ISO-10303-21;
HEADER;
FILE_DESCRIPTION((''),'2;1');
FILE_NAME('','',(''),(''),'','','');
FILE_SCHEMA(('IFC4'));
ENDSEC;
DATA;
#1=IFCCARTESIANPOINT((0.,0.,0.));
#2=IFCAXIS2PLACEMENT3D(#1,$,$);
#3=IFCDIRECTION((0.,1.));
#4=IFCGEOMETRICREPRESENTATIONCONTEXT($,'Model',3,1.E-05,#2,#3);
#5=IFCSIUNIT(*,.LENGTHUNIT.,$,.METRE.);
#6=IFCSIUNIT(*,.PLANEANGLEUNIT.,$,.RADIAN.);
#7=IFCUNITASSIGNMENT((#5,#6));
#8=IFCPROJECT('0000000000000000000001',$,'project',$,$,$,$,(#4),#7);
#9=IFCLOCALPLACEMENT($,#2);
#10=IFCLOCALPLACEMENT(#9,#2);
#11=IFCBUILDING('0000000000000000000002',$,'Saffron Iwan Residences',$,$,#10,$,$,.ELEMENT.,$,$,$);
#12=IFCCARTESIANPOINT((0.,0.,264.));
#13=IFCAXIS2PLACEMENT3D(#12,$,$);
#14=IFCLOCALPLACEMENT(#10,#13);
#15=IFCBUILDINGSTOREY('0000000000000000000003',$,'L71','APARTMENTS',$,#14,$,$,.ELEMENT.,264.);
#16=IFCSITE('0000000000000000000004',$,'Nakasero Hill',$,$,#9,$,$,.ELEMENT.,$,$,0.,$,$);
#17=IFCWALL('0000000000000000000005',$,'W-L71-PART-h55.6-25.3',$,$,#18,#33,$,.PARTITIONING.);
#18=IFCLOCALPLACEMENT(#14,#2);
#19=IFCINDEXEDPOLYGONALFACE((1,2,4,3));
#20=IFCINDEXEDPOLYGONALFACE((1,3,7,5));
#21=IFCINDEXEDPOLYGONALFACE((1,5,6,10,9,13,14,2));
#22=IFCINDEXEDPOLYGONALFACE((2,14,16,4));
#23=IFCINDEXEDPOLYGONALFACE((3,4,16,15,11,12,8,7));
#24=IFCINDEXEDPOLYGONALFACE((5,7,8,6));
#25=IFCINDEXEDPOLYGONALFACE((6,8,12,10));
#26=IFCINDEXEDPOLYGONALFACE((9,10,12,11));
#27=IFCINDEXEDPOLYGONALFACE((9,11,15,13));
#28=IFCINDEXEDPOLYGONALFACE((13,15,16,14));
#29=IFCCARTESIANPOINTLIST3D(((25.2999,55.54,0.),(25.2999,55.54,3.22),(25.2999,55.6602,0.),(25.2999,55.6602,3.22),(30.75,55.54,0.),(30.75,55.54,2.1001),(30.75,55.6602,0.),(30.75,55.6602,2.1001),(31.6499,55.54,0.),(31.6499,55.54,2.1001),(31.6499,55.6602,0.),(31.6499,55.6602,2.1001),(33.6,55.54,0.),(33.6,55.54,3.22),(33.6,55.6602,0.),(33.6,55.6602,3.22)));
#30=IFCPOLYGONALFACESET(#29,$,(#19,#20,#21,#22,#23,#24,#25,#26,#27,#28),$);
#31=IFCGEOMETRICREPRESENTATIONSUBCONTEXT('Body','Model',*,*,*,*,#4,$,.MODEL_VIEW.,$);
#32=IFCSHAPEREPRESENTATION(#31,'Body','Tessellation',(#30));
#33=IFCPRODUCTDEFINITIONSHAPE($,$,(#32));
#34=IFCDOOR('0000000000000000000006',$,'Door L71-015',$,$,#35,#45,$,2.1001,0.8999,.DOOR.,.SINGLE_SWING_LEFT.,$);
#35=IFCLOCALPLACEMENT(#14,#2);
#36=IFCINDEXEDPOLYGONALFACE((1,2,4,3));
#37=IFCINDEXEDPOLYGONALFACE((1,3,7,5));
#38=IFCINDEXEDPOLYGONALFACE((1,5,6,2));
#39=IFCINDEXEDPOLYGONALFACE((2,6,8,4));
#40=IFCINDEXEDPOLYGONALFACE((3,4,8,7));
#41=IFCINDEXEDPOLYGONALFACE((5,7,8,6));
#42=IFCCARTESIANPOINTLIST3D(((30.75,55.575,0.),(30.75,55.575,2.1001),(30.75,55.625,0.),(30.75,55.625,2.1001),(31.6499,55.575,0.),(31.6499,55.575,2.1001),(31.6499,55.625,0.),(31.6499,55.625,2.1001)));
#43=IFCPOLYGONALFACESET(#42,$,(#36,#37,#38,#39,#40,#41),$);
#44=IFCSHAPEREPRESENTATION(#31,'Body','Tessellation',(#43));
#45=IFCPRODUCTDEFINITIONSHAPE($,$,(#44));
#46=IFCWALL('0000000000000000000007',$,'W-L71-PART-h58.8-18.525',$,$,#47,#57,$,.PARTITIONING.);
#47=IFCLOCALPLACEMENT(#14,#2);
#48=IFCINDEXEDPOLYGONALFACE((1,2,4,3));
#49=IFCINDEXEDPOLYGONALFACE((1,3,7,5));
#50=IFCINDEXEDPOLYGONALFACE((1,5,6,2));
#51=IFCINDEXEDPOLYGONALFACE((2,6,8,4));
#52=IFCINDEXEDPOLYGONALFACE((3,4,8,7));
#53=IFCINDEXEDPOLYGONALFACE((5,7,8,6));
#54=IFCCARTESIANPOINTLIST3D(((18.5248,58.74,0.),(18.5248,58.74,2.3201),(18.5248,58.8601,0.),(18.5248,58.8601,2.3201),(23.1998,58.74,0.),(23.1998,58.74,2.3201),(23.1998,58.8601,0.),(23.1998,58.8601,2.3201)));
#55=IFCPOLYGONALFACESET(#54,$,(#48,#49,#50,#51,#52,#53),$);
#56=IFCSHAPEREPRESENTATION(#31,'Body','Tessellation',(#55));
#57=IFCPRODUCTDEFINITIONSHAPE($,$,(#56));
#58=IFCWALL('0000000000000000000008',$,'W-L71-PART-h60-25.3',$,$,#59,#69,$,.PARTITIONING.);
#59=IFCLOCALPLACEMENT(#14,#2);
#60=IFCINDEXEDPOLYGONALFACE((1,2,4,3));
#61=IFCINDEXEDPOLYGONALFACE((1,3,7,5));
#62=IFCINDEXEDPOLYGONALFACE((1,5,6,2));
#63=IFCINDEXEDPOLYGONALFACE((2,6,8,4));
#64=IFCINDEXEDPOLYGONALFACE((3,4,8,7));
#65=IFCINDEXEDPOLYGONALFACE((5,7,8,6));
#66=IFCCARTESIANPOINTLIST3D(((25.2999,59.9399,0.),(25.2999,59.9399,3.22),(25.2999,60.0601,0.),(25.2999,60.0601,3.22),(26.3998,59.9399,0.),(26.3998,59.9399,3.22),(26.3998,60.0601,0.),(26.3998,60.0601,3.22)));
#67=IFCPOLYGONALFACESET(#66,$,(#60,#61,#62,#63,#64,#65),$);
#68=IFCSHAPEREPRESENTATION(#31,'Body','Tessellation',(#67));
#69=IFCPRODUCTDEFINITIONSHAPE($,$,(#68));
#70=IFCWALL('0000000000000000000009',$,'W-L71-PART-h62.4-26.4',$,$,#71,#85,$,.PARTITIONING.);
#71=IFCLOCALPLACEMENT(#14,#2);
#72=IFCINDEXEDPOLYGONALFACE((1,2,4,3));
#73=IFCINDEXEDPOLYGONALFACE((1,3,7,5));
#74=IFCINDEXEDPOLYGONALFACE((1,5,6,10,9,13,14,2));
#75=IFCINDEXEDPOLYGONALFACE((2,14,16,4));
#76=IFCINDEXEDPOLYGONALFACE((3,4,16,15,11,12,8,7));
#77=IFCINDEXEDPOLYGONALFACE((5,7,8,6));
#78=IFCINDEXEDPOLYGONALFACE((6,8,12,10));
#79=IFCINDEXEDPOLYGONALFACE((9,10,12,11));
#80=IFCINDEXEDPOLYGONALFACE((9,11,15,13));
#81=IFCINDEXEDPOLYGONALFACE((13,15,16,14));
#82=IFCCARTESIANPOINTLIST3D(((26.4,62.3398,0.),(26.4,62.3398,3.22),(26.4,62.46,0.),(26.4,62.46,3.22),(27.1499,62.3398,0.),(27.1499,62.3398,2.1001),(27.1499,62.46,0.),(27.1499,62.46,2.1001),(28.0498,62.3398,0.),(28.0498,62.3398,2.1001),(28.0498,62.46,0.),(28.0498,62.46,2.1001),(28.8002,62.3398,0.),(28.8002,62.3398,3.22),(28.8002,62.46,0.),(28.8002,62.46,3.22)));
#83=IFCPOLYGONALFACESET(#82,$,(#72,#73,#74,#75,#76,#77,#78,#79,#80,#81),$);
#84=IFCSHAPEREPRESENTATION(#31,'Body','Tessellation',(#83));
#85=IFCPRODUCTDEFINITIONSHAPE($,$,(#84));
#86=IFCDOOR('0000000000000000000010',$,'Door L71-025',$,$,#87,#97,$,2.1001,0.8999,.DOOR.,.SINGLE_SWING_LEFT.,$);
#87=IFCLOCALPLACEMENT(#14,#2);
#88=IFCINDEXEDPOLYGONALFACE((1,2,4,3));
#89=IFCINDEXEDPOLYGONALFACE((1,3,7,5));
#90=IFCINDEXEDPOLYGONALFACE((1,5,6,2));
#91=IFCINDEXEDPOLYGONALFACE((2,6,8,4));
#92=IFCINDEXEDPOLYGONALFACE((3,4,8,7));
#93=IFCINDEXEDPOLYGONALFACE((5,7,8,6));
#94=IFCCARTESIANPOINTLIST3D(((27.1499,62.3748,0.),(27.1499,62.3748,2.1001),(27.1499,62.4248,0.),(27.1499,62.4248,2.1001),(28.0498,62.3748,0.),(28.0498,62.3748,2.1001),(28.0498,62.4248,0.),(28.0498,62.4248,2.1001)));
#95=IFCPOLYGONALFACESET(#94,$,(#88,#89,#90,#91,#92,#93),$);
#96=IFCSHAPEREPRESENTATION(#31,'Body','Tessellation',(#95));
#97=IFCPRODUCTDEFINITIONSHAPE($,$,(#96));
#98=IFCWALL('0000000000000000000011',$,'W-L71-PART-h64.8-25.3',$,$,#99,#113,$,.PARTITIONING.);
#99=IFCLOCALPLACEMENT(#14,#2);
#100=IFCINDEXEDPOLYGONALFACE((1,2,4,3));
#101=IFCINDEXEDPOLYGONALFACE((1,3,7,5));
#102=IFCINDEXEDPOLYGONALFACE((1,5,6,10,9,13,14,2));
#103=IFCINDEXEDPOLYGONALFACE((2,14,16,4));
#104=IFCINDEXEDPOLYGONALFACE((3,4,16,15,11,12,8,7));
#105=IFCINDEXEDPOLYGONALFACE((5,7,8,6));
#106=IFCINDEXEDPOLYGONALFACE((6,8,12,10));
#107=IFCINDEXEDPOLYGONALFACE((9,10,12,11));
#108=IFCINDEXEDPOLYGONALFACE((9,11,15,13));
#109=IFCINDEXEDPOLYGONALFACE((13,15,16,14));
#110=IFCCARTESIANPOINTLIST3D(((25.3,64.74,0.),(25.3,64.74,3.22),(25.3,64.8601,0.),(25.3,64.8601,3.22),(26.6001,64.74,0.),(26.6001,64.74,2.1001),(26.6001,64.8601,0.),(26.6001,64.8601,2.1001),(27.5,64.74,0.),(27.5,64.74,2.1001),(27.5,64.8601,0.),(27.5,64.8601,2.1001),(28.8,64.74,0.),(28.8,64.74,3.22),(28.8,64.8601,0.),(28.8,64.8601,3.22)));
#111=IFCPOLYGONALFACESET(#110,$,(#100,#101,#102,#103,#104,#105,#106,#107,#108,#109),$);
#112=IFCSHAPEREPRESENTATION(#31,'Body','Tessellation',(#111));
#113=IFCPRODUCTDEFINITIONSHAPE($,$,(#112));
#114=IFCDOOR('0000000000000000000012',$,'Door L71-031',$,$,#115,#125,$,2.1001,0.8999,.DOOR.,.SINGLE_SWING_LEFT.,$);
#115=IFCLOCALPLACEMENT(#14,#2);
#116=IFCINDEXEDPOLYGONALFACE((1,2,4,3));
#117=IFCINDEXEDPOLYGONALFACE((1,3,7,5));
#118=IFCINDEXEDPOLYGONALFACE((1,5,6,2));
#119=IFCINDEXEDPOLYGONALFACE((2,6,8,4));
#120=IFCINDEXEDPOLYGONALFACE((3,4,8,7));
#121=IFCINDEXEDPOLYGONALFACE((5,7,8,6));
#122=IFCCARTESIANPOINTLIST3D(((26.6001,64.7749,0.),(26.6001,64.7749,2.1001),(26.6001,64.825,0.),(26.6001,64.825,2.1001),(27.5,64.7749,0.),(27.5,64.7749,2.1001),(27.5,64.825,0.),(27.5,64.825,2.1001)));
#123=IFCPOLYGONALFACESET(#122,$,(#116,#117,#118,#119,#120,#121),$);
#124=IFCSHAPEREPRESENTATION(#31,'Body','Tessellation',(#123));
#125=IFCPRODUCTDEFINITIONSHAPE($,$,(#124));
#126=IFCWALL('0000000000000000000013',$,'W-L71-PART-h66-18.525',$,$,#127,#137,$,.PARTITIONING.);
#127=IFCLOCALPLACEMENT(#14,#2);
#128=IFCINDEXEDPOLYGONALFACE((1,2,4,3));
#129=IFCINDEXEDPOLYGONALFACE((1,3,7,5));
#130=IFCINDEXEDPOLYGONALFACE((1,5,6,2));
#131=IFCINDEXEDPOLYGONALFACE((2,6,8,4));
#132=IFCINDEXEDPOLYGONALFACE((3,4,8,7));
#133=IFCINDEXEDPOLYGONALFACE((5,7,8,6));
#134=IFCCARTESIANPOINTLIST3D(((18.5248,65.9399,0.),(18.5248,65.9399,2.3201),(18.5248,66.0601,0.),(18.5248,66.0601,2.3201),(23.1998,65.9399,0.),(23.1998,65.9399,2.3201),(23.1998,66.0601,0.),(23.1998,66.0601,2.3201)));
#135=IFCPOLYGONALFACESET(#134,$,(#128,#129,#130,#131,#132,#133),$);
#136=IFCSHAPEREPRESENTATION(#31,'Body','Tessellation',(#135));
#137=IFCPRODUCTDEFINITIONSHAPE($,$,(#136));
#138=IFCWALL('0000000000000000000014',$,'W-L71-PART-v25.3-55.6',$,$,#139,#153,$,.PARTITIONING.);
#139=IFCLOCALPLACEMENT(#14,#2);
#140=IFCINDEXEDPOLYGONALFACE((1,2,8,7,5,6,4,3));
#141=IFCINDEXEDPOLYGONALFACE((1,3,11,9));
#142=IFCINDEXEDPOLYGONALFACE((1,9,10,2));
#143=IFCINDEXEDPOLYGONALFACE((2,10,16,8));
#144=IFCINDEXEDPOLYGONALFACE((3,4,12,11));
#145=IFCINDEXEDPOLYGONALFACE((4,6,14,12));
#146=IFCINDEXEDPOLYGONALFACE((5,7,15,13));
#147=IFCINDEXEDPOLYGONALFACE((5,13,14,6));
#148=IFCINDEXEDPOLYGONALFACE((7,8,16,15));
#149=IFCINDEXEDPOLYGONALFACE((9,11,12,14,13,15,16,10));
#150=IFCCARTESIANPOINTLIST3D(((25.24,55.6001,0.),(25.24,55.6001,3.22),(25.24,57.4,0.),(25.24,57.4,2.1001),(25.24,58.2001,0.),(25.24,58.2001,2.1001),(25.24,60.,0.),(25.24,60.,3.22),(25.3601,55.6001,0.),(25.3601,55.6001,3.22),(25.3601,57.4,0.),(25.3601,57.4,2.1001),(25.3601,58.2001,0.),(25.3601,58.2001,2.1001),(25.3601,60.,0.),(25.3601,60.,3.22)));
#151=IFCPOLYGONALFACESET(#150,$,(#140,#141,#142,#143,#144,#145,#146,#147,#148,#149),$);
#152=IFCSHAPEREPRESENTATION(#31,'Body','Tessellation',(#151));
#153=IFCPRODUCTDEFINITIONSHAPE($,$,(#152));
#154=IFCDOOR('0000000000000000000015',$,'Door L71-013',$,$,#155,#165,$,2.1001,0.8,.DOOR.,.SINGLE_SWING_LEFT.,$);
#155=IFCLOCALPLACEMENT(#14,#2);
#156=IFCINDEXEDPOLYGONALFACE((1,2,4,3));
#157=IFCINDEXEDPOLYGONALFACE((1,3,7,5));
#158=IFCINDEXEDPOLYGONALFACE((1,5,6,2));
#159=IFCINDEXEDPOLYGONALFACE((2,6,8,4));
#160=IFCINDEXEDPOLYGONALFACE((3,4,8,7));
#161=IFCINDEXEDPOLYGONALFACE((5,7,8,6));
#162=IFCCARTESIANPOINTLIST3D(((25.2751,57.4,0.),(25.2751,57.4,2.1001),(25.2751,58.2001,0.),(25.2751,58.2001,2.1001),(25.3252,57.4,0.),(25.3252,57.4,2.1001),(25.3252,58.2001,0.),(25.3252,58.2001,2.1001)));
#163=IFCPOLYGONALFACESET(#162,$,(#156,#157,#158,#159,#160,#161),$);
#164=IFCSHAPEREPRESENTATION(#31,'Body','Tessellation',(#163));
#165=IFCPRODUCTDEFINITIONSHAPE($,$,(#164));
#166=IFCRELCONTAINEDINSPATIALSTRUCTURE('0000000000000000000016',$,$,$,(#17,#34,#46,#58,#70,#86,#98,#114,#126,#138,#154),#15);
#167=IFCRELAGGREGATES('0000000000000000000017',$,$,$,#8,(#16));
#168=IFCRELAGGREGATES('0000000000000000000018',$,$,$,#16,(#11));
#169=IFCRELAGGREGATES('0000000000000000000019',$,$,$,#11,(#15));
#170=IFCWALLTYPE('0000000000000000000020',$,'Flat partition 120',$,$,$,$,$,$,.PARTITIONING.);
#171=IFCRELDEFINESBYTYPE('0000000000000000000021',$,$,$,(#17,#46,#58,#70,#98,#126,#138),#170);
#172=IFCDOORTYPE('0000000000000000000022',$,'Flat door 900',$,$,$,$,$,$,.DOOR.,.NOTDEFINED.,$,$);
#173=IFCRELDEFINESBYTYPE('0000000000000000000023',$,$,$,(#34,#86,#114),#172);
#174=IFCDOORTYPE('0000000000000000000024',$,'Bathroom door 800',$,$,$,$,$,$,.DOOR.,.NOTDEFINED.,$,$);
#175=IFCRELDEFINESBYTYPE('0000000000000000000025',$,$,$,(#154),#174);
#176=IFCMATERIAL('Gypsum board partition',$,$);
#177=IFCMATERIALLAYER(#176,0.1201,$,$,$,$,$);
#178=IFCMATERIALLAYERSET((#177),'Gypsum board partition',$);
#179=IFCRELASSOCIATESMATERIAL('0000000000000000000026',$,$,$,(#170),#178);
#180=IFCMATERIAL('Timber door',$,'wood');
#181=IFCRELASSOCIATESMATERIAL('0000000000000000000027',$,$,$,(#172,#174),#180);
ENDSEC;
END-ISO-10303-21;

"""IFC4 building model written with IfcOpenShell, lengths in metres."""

from ifc_helpers import new_model, si_unit, direction, frame, frame_2d, origin, place, context, subcontext, project, spatial, rectangle, extrude, material, layer, layer_set, type_object, element, fill, save


model = new_model("IFC4")

# Units and contexts
model_context = context("Model", 3, precision=1e-05, world=origin(), true_north=direction((0.0, 1.0)))
body_context = subcontext(model_context, "Body", "Model", "MODEL_VIEW")
ifc_project = project(units=[si_unit("LENGTHUNIT", "METRE"), si_unit("PLANEANGLEUNIT", "RADIAN")], contexts=[model_context])

# Site, building, storey
site_placement = place(None, origin())
site = spatial("IfcSite", under=ifc_project, at=site_placement, Name="Nakasero Hill", CompositionType="ELEMENT", RefElevation=0.0)
building_placement = place(site_placement, origin())
building = spatial("IfcBuilding", under=site, at=building_placement, Name="Saffron Iwan Residences", CompositionType="ELEMENT")
storey_placement = place(building_placement, frame((0.0, 0.0, 264.0)))
storey = spatial("IfcBuildingStorey", under=building, at=storey_placement, Name="L71", Description="APARTMENTS", CompositionType="ELEMENT", Elevation=264.0)

# Wall, opening, door
ifc_material_1 = material(Name="Gypsum board partition")
ifc_layer_1 = layer(ifc_material_1, 0.1201)
ifc_layer_set_1 = layer_set([ifc_layer_1], Name="Gypsum board partition")
wall_type_1 = type_object("IfcWallType", Name="Flat partition 120", PredefinedType="PARTITIONING", material=ifc_layer_set_1)
wall_1_placement = place(storey_placement, frame((25.3, 55.6001, 0.0), z_axis=(0.0, 0.0, 1.0), x_axis=(1.0, 0.0, 0.0)))
wall_1 = element("IfcWall", 1, at=wall_1_placement, inside=storey, type_object=wall_type_1, Name="W-L71-PART-h55.6-25.3", PredefinedType="PARTITIONING", context=body_context, shape_type="SweptSolid", body=[
    extrude(rectangle(XDim=8.3, YDim=0.1201, at=frame_2d((4.1499, 0.0))), origin(), (0.0, 0.0, 1.0), 3.22),
])
opening_1_placement = place(wall_1_placement, frame((5.45, 0.0, 0.0)))
opening_1 = element("IfcOpeningElement", 2, at=opening_1_placement, cuts=wall_1, PredefinedType="OPENING", context=body_context, shape_type="SweptSolid", body=[
    extrude(rectangle(XDim=0.8999, YDim=2.1001, at=frame_2d((0.45, 1.05))), frame((0.0, 0.0701, 0.0), z_axis=(0.0, -1.0, 0.0), x_axis=(1.0, 0.0, 0.0)), (0.0, 0.0, 1.0), 0.1401),
])
ifc_material_2 = material(Name="Timber door", Category="wood")
door_type_1 = type_object("IfcDoorType", Name="Flat door 900", OperationType="NOTDEFINED", PredefinedType="DOOR", material=ifc_material_2)
door_1_placement = place(opening_1_placement, origin())
door_1 = element("IfcDoor", 3, at=door_1_placement, inside=storey, type_object=door_type_1, Name="Door L71-015", OperationType="SINGLE_SWING_LEFT", OverallHeight=2.1001, OverallWidth=0.8999, PredefinedType="DOOR", context=body_context, shape_type="SweptSolid", body=[
    extrude(rectangle(XDim=0.8999, YDim=2.1001, at=frame_2d((0.45, 1.05))), frame((0.0, 0.0249, 0.0), z_axis=(0.0, -1.0, 0.0), x_axis=(1.0, 0.0, 0.0)), (0.0, 0.0, 1.0), 0.05),
])
fill(opening_1, door_1)

# Walls
wall_2_placement = place(storey_placement, frame((18.5249, 58.8, 0.0), z_axis=(0.0, 0.0, 1.0), x_axis=(1.0, 0.0, 0.0)))
element("IfcWall", 4, at=wall_2_placement, inside=storey, type_object=wall_type_1, Name="W-L71-PART-h58.8-18.525", PredefinedType="PARTITIONING", context=body_context, shape_type="SweptSolid", body=[
    extrude(rectangle(XDim=4.675, YDim=0.1201, at=frame_2d((2.3374, 0.0))), origin(), (0.0, 0.0, 1.0), 2.3201),
])
wall_3_placement = place(storey_placement, frame((25.3, 60.0, 0.0), z_axis=(0.0, 0.0, 1.0), x_axis=(1.0, 0.0, 0.0)))
element("IfcWall", 5, at=wall_3_placement, inside=storey, type_object=wall_type_1, Name="W-L71-PART-h60-25.3", PredefinedType="PARTITIONING", context=body_context, shape_type="SweptSolid", body=[
    extrude(rectangle(XDim=1.0999, YDim=0.1201, at=frame_2d((0.5498, 0.0))), origin(), (0.0, 0.0, 1.0), 3.22),
])

# Walls, openings, doors
wall_4_placement = place(storey_placement, frame((26.3999, 62.3999, 0.0), z_axis=(0.0, 0.0, 1.0), x_axis=(1.0, 0.0, 0.0)))
wall_4 = element("IfcWall", 6, at=wall_4_placement, inside=storey, type_object=wall_type_1, Name="W-L71-PART-h62.4-26.4", PredefinedType="PARTITIONING", context=body_context, shape_type="SweptSolid", body=[
    extrude(rectangle(XDim=2.4001, YDim=0.1201, at=frame_2d((1.2002, 0.0))), origin(), (0.0, 0.0, 1.0), 3.22),
])
opening_2_placement = place(wall_4_placement, frame((0.75, 0.0, 0.0)))
opening_2 = element("IfcOpeningElement", 7, at=opening_2_placement, cuts=wall_4, PredefinedType="OPENING", context=body_context, shape_type="SweptSolid", body=[
    extrude(rectangle(XDim=0.8999, YDim=2.1001, at=frame_2d((0.45, 1.05))), frame((0.0, 0.0701, 0.0), z_axis=(0.0, -1.0, 0.0), x_axis=(1.0, 0.0, 0.0)), (0.0, 0.0, 1.0), 0.1401),
])
door_2_placement = place(opening_2_placement, origin())
door_2 = element("IfcDoor", 8, at=door_2_placement, inside=storey, type_object=door_type_1, Name="Door L71-025", OperationType="SINGLE_SWING_LEFT", OverallHeight=2.1001, OverallWidth=0.8999, PredefinedType="DOOR", context=body_context, shape_type="SweptSolid", body=[
    extrude(rectangle(XDim=0.8999, YDim=2.1001, at=frame_2d((0.45, 1.05))), frame((0.0, 0.0249, 0.0), z_axis=(0.0, -1.0, 0.0), x_axis=(1.0, 0.0, 0.0)), (0.0, 0.0, 1.0), 0.05),
])
fill(opening_2, door_2)
wall_5_placement = place(storey_placement, frame((25.3, 64.8, 0.0), z_axis=(0.0, 0.0, 1.0), x_axis=(1.0, 0.0, 0.0)))
wall_5 = element("IfcWall", 9, at=wall_5_placement, inside=storey, type_object=wall_type_1, Name="W-L71-PART-h64.8-25.3", PredefinedType="PARTITIONING", context=body_context, shape_type="SweptSolid", body=[
    extrude(rectangle(XDim=3.5, YDim=0.1201, at=frame_2d((1.75, 0.0))), origin(), (0.0, 0.0, 1.0), 3.22),
])
opening_3_placement = place(wall_5_placement, frame((1.3, 0.0, 0.0)))
opening_3 = element("IfcOpeningElement", 10, at=opening_3_placement, cuts=wall_5, PredefinedType="OPENING", context=body_context, shape_type="SweptSolid", body=[
    extrude(rectangle(XDim=0.8999, YDim=2.1001, at=frame_2d((0.45, 1.05))), frame((0.0, 0.0701, 0.0), z_axis=(0.0, -1.0, 0.0), x_axis=(1.0, 0.0, 0.0)), (0.0, 0.0, 1.0), 0.1401),
])
door_3_placement = place(opening_3_placement, origin())
door_3 = element("IfcDoor", 11, at=door_3_placement, inside=storey, type_object=door_type_1, Name="Door L71-031", OperationType="SINGLE_SWING_LEFT", OverallHeight=2.1001, OverallWidth=0.8999, PredefinedType="DOOR", context=body_context, shape_type="SweptSolid", body=[
    extrude(rectangle(XDim=0.8999, YDim=2.1001, at=frame_2d((0.45, 1.05))), frame((0.0, 0.0249, 0.0), z_axis=(0.0, -1.0, 0.0), x_axis=(1.0, 0.0, 0.0)), (0.0, 0.0, 1.0), 0.05),
])
fill(opening_3, door_3)

# Wall
wall_6_placement = place(storey_placement, frame((18.5249, 66.0, 0.0), z_axis=(0.0, 0.0, 1.0), x_axis=(1.0, 0.0, 0.0)))
element("IfcWall", 12, at=wall_6_placement, inside=storey, type_object=wall_type_1, Name="W-L71-PART-h66-18.525", PredefinedType="PARTITIONING", context=body_context, shape_type="SweptSolid", body=[
    extrude(rectangle(XDim=4.675, YDim=0.1201, at=frame_2d((2.3374, 0.0))), origin(), (0.0, 0.0, 1.0), 2.3201),
])

# Wall, opening, door
wall_7_placement = place(storey_placement, frame((25.3, 55.6001, 0.0), z_axis=(0.0, 0.0, 1.0), x_axis=(0.0, 1.0, 0.0)))
wall_7 = element("IfcWall", 13, at=wall_7_placement, inside=storey, type_object=wall_type_1, Name="W-L71-PART-v25.3-55.6", PredefinedType="PARTITIONING", context=body_context, shape_type="SweptSolid", body=[
    extrude(rectangle(XDim=4.3999, YDim=0.1201, at=frame_2d((2.2, 0.0))), origin(), (0.0, 0.0, 1.0), 3.22),
])
opening_4_placement = place(wall_7_placement, frame((1.8, 0.0, 0.0)))
opening_4 = element("IfcOpeningElement", 14, at=opening_4_placement, cuts=wall_7, PredefinedType="OPENING", context=body_context, shape_type="SweptSolid", body=[
    extrude(rectangle(XDim=0.8, YDim=2.1001, at=frame_2d((0.3999, 1.05))), frame((0.0, 0.0701, 0.0), z_axis=(0.0, -1.0, 0.0), x_axis=(1.0, 0.0, 0.0)), (0.0, 0.0, 1.0), 0.1401),
])
door_type_2 = type_object("IfcDoorType", Name="Bathroom door 800", OperationType="NOTDEFINED", PredefinedType="DOOR", material=ifc_material_2)
door_4_placement = place(opening_4_placement, origin())
door_4 = element("IfcDoor", 15, at=door_4_placement, inside=storey, type_object=door_type_2, Name="Door L71-013", OperationType="SINGLE_SWING_LEFT", OverallHeight=2.1001, OverallWidth=0.8, PredefinedType="DOOR", context=body_context, shape_type="SweptSolid", body=[
    extrude(rectangle(XDim=0.8, YDim=2.1001, at=frame_2d((0.3999, 1.05))), frame((0.0, 0.0249, 0.0), z_axis=(0.0, -1.0, 0.0), x_axis=(1.0, 0.0, 0.0)), (0.0, 0.0, 1.0), 0.05),
])
fill(opening_4, door_4)

save(model, "model.ifc")
